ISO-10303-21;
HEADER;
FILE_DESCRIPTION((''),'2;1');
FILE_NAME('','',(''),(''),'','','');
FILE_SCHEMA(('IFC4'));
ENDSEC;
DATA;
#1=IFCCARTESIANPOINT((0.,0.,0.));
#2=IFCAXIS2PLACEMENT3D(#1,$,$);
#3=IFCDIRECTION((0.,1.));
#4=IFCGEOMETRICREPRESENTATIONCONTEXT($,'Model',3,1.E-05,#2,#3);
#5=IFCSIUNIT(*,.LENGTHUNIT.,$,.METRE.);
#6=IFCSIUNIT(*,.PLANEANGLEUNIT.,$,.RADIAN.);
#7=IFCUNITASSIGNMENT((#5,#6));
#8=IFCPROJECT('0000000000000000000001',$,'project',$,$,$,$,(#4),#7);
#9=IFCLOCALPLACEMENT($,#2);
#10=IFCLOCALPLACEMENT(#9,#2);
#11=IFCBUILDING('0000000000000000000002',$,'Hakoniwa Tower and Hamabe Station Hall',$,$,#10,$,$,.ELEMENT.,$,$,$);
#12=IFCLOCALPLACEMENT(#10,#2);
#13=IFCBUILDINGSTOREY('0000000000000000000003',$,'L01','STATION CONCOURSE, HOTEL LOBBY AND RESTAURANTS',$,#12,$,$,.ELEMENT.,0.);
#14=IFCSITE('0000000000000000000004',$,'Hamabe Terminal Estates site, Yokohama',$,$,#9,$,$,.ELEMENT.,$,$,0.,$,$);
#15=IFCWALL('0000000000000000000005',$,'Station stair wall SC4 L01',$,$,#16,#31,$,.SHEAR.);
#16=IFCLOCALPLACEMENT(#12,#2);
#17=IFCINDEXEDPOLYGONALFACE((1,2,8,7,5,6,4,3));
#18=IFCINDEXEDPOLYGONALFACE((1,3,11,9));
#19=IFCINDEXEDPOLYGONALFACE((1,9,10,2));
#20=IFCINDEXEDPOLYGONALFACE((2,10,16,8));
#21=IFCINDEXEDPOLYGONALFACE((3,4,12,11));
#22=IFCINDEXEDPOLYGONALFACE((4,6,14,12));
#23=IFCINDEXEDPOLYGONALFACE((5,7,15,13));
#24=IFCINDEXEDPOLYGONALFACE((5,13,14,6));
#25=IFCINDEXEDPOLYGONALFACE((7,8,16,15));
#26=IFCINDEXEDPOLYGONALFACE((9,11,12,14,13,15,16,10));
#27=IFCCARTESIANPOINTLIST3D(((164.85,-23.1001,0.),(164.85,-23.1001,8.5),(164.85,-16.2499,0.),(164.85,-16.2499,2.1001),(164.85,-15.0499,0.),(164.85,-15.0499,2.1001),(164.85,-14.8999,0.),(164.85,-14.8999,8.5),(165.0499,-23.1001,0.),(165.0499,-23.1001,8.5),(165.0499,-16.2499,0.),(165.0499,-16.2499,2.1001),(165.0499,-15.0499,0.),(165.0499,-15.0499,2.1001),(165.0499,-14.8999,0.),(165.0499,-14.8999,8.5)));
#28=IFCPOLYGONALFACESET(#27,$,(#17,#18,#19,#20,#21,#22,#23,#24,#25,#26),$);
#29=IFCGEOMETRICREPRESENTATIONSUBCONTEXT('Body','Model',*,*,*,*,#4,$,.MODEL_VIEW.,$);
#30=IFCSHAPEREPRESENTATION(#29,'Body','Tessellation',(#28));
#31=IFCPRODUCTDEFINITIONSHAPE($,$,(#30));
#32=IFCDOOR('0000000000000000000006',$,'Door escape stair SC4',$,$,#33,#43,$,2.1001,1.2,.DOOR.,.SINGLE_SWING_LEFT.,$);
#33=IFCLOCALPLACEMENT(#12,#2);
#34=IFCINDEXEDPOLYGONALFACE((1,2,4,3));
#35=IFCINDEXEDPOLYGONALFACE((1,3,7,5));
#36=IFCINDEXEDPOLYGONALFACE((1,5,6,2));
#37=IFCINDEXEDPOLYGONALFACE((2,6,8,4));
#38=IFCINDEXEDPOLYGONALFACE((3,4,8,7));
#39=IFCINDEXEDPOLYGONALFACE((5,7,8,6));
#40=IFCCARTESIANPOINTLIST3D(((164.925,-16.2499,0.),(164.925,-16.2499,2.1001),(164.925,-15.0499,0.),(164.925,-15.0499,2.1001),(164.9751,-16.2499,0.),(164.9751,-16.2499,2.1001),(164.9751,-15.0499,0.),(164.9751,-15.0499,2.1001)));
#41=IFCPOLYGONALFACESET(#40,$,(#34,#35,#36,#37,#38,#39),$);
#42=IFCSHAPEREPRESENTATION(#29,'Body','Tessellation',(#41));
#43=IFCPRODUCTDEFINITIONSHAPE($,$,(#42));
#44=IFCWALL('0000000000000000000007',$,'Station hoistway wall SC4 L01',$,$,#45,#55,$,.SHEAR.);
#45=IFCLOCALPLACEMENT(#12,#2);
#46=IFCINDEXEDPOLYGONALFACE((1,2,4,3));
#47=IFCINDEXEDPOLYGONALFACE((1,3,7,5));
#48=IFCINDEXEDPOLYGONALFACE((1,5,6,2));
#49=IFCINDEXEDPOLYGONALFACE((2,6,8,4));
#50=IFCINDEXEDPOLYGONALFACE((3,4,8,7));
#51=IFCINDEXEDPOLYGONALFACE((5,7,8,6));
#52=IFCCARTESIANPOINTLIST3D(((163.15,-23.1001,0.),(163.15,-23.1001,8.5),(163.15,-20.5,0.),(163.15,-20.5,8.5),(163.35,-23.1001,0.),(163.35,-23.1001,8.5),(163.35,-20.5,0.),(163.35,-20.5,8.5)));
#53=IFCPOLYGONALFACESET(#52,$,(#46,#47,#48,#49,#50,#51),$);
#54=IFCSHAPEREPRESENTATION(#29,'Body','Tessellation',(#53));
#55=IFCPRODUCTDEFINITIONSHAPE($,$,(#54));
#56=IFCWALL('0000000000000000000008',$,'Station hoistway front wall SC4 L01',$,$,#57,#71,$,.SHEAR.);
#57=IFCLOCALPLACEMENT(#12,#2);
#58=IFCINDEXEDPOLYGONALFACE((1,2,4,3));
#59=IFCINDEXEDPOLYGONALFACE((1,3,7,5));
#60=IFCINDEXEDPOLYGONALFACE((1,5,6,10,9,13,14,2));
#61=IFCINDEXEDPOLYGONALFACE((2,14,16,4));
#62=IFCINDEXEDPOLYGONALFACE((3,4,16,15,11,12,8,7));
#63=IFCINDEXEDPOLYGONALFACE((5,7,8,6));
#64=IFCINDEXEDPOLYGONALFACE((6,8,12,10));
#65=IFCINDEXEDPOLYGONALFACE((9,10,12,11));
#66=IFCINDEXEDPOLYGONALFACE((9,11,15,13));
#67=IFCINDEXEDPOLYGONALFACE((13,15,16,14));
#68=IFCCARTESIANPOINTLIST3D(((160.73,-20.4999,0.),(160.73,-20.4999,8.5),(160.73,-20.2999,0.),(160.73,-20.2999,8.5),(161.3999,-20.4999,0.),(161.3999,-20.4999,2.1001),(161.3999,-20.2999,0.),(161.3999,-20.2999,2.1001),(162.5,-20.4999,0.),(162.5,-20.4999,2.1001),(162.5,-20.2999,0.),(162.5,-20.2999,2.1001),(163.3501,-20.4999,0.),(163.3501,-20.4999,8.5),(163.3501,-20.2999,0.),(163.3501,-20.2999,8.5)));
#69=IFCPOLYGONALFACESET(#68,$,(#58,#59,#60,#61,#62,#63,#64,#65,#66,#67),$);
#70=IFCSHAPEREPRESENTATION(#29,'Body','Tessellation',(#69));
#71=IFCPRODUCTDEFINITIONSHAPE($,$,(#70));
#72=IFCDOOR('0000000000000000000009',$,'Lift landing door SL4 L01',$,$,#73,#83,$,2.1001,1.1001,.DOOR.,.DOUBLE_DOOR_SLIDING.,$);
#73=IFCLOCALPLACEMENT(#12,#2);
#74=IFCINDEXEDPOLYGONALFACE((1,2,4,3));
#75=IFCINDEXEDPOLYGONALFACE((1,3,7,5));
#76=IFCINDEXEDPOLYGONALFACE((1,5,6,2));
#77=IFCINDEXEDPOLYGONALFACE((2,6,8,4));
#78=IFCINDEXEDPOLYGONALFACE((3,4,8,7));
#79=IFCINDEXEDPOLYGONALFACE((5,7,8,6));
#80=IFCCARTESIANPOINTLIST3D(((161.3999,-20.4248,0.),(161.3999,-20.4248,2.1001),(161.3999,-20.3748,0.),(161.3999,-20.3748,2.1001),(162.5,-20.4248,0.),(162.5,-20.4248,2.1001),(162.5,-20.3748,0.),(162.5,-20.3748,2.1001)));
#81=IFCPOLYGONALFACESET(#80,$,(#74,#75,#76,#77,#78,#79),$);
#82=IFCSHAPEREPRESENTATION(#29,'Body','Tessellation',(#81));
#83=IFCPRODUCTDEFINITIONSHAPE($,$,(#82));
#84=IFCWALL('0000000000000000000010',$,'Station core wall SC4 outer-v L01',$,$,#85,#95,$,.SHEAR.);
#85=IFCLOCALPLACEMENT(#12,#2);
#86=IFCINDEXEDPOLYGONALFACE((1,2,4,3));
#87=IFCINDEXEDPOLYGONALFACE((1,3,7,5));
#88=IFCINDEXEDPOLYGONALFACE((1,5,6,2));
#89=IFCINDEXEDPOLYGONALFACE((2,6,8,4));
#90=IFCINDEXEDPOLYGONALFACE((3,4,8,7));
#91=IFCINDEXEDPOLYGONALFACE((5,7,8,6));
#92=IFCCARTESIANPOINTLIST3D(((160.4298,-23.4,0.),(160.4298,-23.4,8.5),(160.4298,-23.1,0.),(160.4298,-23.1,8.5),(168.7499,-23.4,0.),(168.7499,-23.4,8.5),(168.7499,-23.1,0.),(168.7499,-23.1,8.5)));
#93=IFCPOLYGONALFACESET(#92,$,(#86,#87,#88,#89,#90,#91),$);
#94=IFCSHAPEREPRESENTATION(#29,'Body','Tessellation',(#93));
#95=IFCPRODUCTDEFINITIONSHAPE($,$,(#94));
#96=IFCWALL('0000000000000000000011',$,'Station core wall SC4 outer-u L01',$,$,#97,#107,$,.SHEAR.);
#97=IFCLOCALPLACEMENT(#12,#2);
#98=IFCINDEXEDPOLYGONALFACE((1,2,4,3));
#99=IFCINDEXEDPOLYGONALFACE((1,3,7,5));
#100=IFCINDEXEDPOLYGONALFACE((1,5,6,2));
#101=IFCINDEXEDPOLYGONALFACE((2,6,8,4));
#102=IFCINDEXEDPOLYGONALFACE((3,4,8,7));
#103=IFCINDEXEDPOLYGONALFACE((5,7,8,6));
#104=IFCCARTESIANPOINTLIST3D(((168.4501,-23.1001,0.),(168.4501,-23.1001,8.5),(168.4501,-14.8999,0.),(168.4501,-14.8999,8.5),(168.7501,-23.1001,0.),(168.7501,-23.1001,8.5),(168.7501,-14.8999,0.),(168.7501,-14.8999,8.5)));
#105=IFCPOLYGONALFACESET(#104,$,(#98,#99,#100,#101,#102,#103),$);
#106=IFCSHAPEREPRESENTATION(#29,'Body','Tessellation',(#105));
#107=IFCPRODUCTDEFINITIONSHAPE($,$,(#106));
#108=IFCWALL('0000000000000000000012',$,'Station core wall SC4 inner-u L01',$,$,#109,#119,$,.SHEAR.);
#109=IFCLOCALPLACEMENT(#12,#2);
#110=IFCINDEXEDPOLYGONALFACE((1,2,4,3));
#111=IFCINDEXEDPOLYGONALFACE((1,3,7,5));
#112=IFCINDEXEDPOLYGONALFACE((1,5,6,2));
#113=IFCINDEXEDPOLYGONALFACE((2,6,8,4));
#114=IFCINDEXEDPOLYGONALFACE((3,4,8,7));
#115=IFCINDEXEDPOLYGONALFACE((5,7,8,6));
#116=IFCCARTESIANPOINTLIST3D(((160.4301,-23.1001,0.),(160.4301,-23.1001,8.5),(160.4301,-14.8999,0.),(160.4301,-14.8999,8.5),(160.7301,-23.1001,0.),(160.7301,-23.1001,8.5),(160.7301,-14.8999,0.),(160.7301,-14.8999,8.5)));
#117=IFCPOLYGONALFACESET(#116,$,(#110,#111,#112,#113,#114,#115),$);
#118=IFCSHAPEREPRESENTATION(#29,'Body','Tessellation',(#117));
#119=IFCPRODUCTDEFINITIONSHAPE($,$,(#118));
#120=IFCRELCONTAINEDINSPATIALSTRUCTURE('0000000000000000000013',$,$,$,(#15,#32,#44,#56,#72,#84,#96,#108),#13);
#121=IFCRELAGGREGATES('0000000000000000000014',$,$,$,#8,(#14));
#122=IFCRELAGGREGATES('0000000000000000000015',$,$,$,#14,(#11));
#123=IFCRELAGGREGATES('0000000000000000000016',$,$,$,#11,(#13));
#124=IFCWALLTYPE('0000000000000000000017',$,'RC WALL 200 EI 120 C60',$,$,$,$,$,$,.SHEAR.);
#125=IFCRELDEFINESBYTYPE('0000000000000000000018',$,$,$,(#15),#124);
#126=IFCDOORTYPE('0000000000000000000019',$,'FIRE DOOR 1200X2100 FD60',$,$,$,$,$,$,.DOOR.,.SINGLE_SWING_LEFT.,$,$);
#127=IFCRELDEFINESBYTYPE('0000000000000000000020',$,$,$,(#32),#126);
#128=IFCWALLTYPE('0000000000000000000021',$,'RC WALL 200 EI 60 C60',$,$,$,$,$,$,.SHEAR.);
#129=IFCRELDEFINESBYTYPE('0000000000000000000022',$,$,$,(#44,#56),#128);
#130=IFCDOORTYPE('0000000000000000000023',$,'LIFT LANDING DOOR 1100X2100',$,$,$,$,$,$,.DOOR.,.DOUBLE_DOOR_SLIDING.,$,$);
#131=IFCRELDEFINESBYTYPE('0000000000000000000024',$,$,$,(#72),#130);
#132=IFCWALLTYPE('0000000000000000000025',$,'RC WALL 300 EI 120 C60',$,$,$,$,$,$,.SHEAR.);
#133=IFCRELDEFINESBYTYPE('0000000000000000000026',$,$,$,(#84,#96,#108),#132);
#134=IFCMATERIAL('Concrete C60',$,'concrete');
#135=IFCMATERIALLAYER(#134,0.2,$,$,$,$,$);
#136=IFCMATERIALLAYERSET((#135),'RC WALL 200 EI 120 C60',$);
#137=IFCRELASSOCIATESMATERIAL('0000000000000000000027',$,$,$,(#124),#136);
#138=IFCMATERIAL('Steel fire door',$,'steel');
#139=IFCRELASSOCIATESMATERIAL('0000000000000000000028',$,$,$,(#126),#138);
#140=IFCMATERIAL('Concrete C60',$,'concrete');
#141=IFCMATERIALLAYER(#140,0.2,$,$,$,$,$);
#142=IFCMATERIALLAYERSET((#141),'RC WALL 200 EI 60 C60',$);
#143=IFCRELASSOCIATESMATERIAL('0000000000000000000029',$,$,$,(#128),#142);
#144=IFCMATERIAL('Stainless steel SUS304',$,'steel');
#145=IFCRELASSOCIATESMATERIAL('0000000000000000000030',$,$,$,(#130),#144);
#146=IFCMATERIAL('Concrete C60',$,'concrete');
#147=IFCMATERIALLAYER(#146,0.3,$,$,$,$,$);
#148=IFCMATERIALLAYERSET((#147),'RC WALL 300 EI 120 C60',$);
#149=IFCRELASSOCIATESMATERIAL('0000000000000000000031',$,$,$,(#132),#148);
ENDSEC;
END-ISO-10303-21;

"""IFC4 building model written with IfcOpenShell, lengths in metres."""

from ifc_helpers import new_model, si_unit, direction, frame, frame_2d, origin, place, context, subcontext, project, spatial, rectangle, extrude, material, layer, layer_set, type_object, element, fill, save


model = new_model("IFC4")

# Units and contexts
model_context = context("Model", 3, precision=1e-05, world=origin(), true_north=direction((0.0, 1.0)))
body_context = subcontext(model_context, "Body", "Model", "MODEL_VIEW")
ifc_project = project(units=[si_unit("LENGTHUNIT", "METRE"), si_unit("PLANEANGLEUNIT", "RADIAN")], contexts=[model_context])

# Site, building, storey
site_placement = place(None, origin())
site = spatial("IfcSite", under=ifc_project, at=site_placement, Name="Hamabe Terminal Estates site, Yokohama", CompositionType="ELEMENT", RefElevation=0.0)
building_placement = place(site_placement, origin())
building = spatial("IfcBuilding", under=site, at=building_placement, Name="Hakoniwa Tower and Hamabe Station Hall", CompositionType="ELEMENT")
storey_placement = place(building_placement, origin())
storey = spatial("IfcBuildingStorey", under=building, at=storey_placement, Name="L01", Description="STATION CONCOURSE, HOTEL LOBBY AND RESTAURANTS", CompositionType="ELEMENT", Elevation=0.0)

# Wall, opening, door
ifc_material_1 = material(Name="Concrete C60", Category="concrete")
ifc_layer_1 = layer(ifc_material_1, 0.2)
ifc_layer_set_1 = layer_set([ifc_layer_1], Name="RC WALL 200 EI 120 C60")
wall_type_1 = type_object("IfcWallType", Name="RC WALL 200 EI 120 C60", PredefinedType="SHEAR", material=ifc_layer_set_1)
wall_1_placement = place(storey_placement, frame((164.95, -23.1001, 0.0), z_axis=(0.0, 0.0, 1.0), x_axis=(0.0, 1.0, 0.0)))
wall_1 = element("IfcWall", 1, at=wall_1_placement, inside=storey, type_object=wall_type_1, Name="Station stair wall SC4 L01", PredefinedType="SHEAR", context=body_context, shape_type="SweptSolid", body=[
    extrude(rectangle(XDim=8.2002, YDim=0.2, at=frame_2d((4.1001, 0.0))), origin(), (0.0, 0.0, 1.0), 8.5),
])
opening_1_placement = place(wall_1_placement, frame((6.8501, 0.0, 0.0)))
opening_1 = element("IfcOpeningElement", 2, at=opening_1_placement, cuts=wall_1, PredefinedType="OPENING", context=body_context, shape_type="SweptSolid", body=[
    extrude(rectangle(XDim=1.2, YDim=2.1001, at=frame_2d((0.6001, 1.05))), frame((0.0, 0.1099, 0.0), z_axis=(0.0, -1.0, 0.0), x_axis=(1.0, 0.0, 0.0)), (0.0, 0.0, 1.0), 0.22),
])
ifc_material_2 = material(Name="Steel fire door", Category="steel")
door_type_1 = type_object("IfcDoorType", Name="FIRE DOOR 1200X2100 FD60", OperationType="SINGLE_SWING_LEFT", PredefinedType="DOOR", material=ifc_material_2)
door_1_placement = place(opening_1_placement, origin())
door_1 = element("IfcDoor", 3, at=door_1_placement, inside=storey, type_object=door_type_1, Name="Door escape stair SC4", OperationType="SINGLE_SWING_LEFT", OverallHeight=2.1001, OverallWidth=1.2, PredefinedType="DOOR", context=body_context, shape_type="SweptSolid", body=[
    extrude(rectangle(XDim=1.2, YDim=2.1001, at=frame_2d((0.6001, 1.05))), frame((0.0, 0.0249, 0.0), z_axis=(0.0, -1.0, 0.0), x_axis=(1.0, 0.0, 0.0)), (0.0, 0.0, 1.0), 0.05),
])
fill(opening_1, door_1)

# Wall
ifc_material_3 = material(Name="Concrete C60", Category="concrete")
ifc_layer_2 = layer(ifc_material_3, 0.2)
ifc_layer_set_2 = layer_set([ifc_layer_2], Name="RC WALL 200 EI 60 C60")
wall_type_2 = type_object("IfcWallType", Name="RC WALL 200 EI 60 C60", PredefinedType="SHEAR", material=ifc_layer_set_2)
wall_2_placement = place(storey_placement, frame((163.25, -23.1001, 0.0), z_axis=(0.0, 0.0, 1.0), x_axis=(0.0, 1.0, 0.0)))
element("IfcWall", 4, at=wall_2_placement, inside=storey, type_object=wall_type_2, Name="Station hoistway wall SC4 L01", PredefinedType="SHEAR", context=body_context, shape_type="SweptSolid", body=[
    extrude(rectangle(XDim=2.6001, YDim=0.2, at=frame_2d((1.3, 0.0))), origin(), (0.0, 0.0, 1.0), 8.5),
])

# Wall, opening, door
wall_3_placement = place(storey_placement, frame((163.3501, -20.3999, 0.0), z_axis=(0.0, 0.0, 1.0), x_axis=(-1.0, 0.0, 0.0)))
wall_3 = element("IfcWall", 5, at=wall_3_placement, inside=storey, type_object=wall_type_2, Name="Station hoistway front wall SC4 L01", PredefinedType="SHEAR", context=body_context, shape_type="SweptSolid", body=[
    extrude(rectangle(XDim=2.6201, YDim=0.2, at=frame_2d((1.3101, 0.0))), origin(), (0.0, 0.0, 1.0), 8.5),
])
opening_2_placement = place(wall_3_placement, frame((0.8501, 0.0, 0.0)))
opening_2 = element("IfcOpeningElement", 6, at=opening_2_placement, cuts=wall_3, PredefinedType="OPENING", context=body_context, shape_type="SweptSolid", body=[
    extrude(rectangle(XDim=1.1001, YDim=2.1001, at=frame_2d((0.55, 1.05))), frame((0.0, 0.1099, 0.0), z_axis=(0.0, -1.0, 0.0), x_axis=(1.0, 0.0, 0.0)), (0.0, 0.0, 1.0), 0.22),
])
ifc_material_4 = material(Name="Stainless steel SUS304", Category="steel")
door_type_2 = type_object("IfcDoorType", Name="LIFT LANDING DOOR 1100X2100", OperationType="DOUBLE_DOOR_SLIDING", PredefinedType="DOOR", material=ifc_material_4)
door_2_placement = place(opening_2_placement, origin())
door_2 = element("IfcDoor", 7, at=door_2_placement, inside=storey, type_object=door_type_2, Name="Lift landing door SL4 L01", OperationType="DOUBLE_DOOR_SLIDING", OverallHeight=2.1001, OverallWidth=1.1001, PredefinedType="DOOR", context=body_context, shape_type="SweptSolid", body=[
    extrude(rectangle(XDim=1.1001, YDim=2.1001, at=frame_2d((0.55, 1.05))), frame((0.0, 0.0249, 0.0), z_axis=(0.0, -1.0, 0.0), x_axis=(1.0, 0.0, 0.0)), (0.0, 0.0, 1.0), 0.05),
])
fill(opening_2, door_2)

# Walls
ifc_material_5 = material(Name="Concrete C60", Category="concrete")
ifc_layer_3 = layer(ifc_material_5, 0.3)
ifc_layer_set_3 = layer_set([ifc_layer_3], Name="RC WALL 300 EI 120 C60")
wall_type_3 = type_object("IfcWallType", Name="RC WALL 300 EI 120 C60", PredefinedType="SHEAR", material=ifc_layer_set_3)
wall_4_placement = place(storey_placement, frame((168.75, -23.25, 0.0), z_axis=(0.0, 0.0, 1.0), x_axis=(-1.0, 0.0, 0.0)))
element("IfcWall", 8, at=wall_4_placement, inside=storey, type_object=wall_type_3, Name="Station core wall SC4 outer-v L01", PredefinedType="SHEAR", context=body_context, shape_type="SweptSolid", body=[
    extrude(rectangle(XDim=8.3201, YDim=0.3, at=frame_2d((4.1602, 0.0))), origin(), (0.0, 0.0, 1.0), 8.5),
])
for number, where, z_axis, x_axis, name in (
    (9, (168.6001, -23.1001, 0.0), (0.0, 0.0, 1.0), (0.0, 1.0, 0.0), "Station core wall SC4 outer-u L01"),
    (10, (160.5801, -23.1001, 0.0), (0.0, 0.0, 1.0), (0.0, 1.0, 0.0), "Station core wall SC4 inner-u L01"),
):
    element("IfcWall", number, at=place(storey_placement, frame(where, z_axis=z_axis, x_axis=x_axis)), inside=storey, type_object=wall_type_3, Name=name, PredefinedType="SHEAR", context=body_context, shape_type="SweptSolid", body=[
        extrude(rectangle(XDim=8.2002, YDim=0.3, at=frame_2d((4.1001, 0.0))), origin(), (0.0, 0.0, 1.0), 8.5),
    ])

save(model, "model.ifc")
